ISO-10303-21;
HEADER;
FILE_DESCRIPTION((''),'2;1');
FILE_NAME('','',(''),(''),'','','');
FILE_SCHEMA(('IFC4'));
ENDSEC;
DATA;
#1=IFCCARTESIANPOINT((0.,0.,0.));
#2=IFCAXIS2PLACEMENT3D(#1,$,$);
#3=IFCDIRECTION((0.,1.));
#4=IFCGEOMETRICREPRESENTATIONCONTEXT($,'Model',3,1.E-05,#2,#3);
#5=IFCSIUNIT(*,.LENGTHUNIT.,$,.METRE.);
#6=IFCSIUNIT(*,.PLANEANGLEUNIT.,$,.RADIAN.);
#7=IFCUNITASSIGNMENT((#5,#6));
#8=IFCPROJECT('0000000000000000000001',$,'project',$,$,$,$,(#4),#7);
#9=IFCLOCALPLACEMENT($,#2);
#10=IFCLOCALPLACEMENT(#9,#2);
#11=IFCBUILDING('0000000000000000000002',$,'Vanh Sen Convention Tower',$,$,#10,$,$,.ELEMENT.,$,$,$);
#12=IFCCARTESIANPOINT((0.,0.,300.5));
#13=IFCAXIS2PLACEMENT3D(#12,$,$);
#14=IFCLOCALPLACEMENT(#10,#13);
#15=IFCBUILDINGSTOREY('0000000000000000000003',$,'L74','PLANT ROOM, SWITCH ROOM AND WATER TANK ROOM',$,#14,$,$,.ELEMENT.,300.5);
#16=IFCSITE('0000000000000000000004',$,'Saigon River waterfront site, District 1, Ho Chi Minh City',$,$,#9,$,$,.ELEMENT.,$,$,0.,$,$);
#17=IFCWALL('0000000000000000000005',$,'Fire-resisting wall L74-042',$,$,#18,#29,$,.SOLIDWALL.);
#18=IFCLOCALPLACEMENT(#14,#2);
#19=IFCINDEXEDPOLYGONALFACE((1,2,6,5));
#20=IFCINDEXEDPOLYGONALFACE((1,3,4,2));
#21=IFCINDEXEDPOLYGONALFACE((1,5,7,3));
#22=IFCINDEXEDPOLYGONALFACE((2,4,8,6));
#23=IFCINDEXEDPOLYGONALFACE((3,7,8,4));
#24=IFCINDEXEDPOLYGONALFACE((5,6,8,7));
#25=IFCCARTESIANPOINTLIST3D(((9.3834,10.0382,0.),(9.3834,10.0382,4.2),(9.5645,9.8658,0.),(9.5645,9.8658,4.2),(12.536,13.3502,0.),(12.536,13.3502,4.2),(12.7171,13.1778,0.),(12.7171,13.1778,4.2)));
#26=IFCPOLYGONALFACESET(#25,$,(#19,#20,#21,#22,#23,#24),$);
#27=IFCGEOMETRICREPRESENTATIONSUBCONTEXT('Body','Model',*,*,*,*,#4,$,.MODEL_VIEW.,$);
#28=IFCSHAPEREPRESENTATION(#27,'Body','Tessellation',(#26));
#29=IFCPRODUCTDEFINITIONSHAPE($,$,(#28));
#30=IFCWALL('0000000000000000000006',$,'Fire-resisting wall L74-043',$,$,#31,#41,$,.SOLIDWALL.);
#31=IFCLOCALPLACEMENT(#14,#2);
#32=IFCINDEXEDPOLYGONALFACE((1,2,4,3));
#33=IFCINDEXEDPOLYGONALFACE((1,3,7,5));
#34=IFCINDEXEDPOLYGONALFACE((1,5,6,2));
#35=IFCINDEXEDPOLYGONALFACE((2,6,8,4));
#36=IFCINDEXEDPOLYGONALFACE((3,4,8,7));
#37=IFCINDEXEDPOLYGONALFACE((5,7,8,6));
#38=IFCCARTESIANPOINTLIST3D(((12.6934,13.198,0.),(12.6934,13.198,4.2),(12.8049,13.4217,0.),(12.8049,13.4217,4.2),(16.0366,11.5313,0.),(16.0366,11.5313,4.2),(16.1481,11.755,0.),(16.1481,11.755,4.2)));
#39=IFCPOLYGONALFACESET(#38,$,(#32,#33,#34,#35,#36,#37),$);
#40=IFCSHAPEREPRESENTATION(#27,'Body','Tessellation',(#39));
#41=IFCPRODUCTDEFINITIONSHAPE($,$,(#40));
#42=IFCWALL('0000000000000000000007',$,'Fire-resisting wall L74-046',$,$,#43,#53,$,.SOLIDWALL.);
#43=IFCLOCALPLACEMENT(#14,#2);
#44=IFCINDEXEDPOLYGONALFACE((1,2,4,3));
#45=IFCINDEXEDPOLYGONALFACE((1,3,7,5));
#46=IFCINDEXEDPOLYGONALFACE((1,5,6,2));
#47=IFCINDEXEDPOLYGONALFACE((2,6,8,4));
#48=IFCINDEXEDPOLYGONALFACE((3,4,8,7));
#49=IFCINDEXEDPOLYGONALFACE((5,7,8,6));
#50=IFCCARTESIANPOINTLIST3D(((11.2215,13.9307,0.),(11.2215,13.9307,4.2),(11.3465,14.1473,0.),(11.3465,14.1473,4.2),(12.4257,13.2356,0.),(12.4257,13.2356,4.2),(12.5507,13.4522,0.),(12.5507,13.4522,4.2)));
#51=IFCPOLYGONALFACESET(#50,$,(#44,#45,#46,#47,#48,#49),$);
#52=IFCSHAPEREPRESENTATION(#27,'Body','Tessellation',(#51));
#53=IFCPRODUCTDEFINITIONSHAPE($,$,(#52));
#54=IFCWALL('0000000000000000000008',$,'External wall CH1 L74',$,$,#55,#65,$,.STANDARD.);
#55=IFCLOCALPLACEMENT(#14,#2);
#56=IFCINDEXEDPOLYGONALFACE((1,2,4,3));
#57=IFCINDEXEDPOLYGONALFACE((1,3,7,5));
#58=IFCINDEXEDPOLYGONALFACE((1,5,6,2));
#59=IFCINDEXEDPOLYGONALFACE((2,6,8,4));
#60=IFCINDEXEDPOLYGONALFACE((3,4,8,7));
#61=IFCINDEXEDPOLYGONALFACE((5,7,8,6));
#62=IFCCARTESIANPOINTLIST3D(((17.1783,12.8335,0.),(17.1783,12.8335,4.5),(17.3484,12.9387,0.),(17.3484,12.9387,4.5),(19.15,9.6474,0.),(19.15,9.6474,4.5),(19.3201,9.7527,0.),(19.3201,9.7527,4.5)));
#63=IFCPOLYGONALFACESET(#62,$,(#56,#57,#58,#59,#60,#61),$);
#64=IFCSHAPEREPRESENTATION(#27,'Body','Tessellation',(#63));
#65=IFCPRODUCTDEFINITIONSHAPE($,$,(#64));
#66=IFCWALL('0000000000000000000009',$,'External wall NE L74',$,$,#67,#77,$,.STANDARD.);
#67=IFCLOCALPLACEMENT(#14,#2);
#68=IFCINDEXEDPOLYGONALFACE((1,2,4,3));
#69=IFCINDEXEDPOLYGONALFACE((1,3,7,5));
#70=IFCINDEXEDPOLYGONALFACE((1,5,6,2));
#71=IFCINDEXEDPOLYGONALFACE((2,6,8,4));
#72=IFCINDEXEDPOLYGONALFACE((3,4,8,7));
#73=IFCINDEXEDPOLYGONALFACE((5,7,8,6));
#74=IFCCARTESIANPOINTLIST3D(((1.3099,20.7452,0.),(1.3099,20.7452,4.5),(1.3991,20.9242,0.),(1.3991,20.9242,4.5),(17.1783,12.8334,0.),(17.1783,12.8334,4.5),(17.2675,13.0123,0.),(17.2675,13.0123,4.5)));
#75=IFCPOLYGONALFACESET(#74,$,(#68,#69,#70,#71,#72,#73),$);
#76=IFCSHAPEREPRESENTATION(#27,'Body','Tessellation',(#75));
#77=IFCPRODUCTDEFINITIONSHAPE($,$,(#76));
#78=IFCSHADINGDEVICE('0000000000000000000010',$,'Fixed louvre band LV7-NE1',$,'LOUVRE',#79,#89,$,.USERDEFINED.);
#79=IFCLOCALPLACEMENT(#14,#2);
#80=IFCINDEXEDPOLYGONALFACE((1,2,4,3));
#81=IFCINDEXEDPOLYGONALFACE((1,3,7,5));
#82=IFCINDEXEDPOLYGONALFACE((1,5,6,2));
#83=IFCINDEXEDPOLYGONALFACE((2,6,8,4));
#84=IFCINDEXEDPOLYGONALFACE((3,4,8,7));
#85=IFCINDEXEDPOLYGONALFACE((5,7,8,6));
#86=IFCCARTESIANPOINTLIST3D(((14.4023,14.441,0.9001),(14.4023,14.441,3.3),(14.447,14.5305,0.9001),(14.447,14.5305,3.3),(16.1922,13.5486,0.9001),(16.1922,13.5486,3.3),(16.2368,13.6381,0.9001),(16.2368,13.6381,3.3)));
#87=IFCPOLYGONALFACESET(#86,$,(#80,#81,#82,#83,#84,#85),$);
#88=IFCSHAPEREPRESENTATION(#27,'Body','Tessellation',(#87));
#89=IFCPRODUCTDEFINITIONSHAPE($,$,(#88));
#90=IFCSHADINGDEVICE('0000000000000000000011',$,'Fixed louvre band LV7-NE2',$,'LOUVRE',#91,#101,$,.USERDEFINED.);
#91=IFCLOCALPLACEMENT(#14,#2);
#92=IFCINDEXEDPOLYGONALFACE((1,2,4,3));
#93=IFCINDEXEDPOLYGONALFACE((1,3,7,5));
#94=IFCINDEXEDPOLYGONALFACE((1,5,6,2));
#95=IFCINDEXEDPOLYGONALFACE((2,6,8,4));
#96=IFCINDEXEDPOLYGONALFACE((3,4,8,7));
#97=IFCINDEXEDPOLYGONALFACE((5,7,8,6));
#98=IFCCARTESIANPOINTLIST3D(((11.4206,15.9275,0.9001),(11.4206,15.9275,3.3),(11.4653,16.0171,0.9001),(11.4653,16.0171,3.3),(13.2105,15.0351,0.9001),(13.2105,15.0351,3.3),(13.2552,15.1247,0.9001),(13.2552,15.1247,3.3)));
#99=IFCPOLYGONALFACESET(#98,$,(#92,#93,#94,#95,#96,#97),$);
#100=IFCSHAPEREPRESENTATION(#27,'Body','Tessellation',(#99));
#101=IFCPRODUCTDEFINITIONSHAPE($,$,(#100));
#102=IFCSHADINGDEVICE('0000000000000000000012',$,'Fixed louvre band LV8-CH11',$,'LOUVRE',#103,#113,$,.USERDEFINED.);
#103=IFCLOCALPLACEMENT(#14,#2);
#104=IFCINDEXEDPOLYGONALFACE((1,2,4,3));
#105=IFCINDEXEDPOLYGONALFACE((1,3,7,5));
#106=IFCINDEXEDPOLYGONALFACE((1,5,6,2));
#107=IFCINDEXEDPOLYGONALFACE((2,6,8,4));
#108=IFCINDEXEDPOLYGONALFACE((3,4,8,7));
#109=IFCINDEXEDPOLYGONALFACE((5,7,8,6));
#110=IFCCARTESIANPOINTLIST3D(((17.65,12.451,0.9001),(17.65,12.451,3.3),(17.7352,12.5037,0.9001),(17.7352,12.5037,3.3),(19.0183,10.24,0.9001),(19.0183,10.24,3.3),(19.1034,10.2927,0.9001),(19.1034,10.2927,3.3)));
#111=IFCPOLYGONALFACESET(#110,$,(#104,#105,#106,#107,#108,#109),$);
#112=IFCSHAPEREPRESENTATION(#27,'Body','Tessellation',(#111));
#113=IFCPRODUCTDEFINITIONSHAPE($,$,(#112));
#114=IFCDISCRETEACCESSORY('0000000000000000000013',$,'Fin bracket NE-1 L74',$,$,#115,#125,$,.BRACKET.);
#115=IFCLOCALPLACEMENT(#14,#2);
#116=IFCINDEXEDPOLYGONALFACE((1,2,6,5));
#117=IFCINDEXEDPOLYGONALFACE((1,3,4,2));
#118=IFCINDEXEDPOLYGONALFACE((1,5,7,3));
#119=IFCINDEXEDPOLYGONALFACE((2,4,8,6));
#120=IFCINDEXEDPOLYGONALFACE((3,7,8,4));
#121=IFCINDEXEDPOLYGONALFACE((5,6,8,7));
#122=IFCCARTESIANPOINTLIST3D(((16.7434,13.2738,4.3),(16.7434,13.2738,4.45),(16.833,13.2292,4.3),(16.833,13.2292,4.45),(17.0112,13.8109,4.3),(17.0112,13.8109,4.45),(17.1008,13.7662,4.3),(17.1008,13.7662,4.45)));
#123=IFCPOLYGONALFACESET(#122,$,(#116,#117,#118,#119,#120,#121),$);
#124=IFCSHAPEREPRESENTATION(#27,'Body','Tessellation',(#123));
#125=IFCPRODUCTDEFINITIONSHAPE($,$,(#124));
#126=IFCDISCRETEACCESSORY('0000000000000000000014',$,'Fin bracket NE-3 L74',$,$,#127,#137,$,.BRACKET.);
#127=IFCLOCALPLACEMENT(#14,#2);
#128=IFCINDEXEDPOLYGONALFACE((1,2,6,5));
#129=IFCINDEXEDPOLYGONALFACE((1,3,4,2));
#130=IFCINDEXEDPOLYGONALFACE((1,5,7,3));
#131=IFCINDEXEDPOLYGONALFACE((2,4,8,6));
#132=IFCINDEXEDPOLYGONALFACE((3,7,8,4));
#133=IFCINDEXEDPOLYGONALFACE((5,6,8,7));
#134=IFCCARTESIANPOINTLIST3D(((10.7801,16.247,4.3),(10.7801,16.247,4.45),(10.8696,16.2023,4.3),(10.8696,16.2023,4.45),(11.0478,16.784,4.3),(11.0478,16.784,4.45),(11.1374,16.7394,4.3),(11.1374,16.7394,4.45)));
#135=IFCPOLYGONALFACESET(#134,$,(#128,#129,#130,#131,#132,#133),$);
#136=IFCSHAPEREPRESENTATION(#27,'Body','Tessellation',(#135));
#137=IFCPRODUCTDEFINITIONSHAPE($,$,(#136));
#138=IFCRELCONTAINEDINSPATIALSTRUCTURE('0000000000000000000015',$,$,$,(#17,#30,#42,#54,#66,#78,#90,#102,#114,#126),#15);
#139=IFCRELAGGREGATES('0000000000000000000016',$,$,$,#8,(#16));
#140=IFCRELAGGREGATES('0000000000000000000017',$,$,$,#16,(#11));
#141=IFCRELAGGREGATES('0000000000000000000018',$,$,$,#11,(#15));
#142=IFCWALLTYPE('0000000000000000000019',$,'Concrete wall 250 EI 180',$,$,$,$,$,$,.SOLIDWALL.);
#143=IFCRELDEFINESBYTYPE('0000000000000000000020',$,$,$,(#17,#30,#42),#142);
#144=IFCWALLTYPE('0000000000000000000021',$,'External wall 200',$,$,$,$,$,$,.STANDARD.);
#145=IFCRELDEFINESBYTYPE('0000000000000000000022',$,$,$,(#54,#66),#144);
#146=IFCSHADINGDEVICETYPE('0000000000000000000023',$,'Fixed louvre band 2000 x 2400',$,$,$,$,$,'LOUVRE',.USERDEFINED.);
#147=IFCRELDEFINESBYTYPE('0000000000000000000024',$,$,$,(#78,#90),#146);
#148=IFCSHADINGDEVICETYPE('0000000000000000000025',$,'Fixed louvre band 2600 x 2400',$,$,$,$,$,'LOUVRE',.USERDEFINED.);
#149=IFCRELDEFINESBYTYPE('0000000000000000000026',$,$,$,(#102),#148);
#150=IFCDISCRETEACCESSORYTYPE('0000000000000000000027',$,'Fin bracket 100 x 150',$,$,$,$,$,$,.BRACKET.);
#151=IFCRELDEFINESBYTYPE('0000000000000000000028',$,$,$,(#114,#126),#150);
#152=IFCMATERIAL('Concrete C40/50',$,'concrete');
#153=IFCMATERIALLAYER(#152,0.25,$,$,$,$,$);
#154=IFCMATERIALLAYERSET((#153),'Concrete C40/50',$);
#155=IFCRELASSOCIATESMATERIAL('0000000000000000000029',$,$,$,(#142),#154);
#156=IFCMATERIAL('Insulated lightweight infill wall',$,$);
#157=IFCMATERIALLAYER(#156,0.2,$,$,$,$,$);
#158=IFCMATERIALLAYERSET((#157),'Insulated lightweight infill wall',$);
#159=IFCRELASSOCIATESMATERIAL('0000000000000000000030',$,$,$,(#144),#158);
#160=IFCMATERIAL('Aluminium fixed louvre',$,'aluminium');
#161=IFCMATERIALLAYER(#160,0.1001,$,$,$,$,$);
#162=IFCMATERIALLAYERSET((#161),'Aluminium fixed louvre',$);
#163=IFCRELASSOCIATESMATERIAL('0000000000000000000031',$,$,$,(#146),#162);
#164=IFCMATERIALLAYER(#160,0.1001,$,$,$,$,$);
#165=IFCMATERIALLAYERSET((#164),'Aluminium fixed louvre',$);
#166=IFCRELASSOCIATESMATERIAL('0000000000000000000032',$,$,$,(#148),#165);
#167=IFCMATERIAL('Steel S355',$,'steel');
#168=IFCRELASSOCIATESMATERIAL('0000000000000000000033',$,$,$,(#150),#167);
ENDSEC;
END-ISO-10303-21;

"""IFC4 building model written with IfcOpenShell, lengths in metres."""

from ifc_helpers import new_model, si_unit, direction, frame, frame_2d, origin, origin_2d, place, context, subcontext, project, spatial, rectangle, extrude, material, layer, layer_set, type_object, element, save


model = new_model("IFC4")

# Units and contexts
model_context = context("Model", 3, precision=1e-05, world=origin(), true_north=direction((0.0, 1.0)))
body_context = subcontext(model_context, "Body", "Model", "MODEL_VIEW")
ifc_project = project(units=[si_unit("LENGTHUNIT", "METRE"), si_unit("PLANEANGLEUNIT", "RADIAN")], contexts=[model_context])

# Site, building, storey
site_placement = place(None, origin())
site = spatial("IfcSite", under=ifc_project, at=site_placement, Name="Saigon River waterfront site, District 1, Ho Chi Minh City", CompositionType="ELEMENT", RefElevation=0.0)
building_placement = place(site_placement, origin())
building = spatial("IfcBuilding", under=site, at=building_placement, Name="Vanh Sen Convention Tower", CompositionType="ELEMENT")
storey_placement = place(building_placement, frame((0.0, 0.0, 300.5)))
storey = spatial("IfcBuildingStorey", under=building, at=storey_placement, Name="L74", Description="PLANT ROOM, SWITCH ROOM AND WATER TANK ROOM", CompositionType="ELEMENT", Elevation=300.5)

# Walls
ifc_material_1 = material(Name="Concrete C40/50", Category="concrete")
ifc_layer_1 = layer(ifc_material_1, 0.25)
ifc_layer_set_1 = layer_set([ifc_layer_1], Name="Concrete C40/50")
wall_type_1 = type_object("IfcWallType", Name="Concrete wall 250 EI 180", PredefinedType="SOLIDWALL", material=ifc_layer_set_1)
wall_1_placement = place(storey_placement, frame((12.6265, 13.2639, 0.0), z_axis=(0.0, 0.0, 1.0), x_axis=(-0.689459, -0.724325, 0.0)))
element("IfcWall", 1, at=wall_1_placement, inside=storey, type_object=wall_type_1, Name="Fire-resisting wall L74-042", PredefinedType="SOLIDWALL", context=body_context, shape_type="SweptSolid", body=[
    extrude(rectangle(XDim=4.5725, YDim=0.25, at=frame_2d((2.2861, 0.0))), origin(), (0.0, 0.0, 1.0), 4.2),
])
wall_2_placement = place(storey_placement, frame((12.7493, 13.3098, 0.0), z_axis=(0.0, 0.0, 1.0), x_axis=(0.894949, -0.446168, 0.0)))
element("IfcWall", 2, at=wall_2_placement, inside=storey, type_object=wall_type_1, Name="Fire-resisting wall L74-043", PredefinedType="SOLIDWALL", context=body_context, shape_type="SweptSolid", body=[
    extrude(rectangle(XDim=3.7356, YDim=0.25, at=frame_2d((1.8677, 0.0))), origin(), (0.0, 0.0, 1.0), 4.2),
])
wall_3_placement = place(storey_placement, frame((11.2839, 14.0391, 0.0), z_axis=(0.0, 0.0, 1.0), x_axis=(0.866063, -0.499935, 0.0)))
element("IfcWall", 3, at=wall_3_placement, inside=storey, type_object=wall_type_1, Name="Fire-resisting wall L74-046", PredefinedType="SOLIDWALL", context=body_context, shape_type="SweptSolid", body=[
    extrude(rectangle(XDim=1.3904, YDim=0.25, at=frame_2d((0.6953, 0.0))), origin(), (0.0, 0.0, 1.0), 4.2),
])
ifc_material_2 = material(Name="Insulated lightweight infill wall")
ifc_layer_2 = layer(ifc_material_2, 0.2)
ifc_layer_set_2 = layer_set([ifc_layer_2], Name="Insulated lightweight infill wall")
wall_type_2 = type_object("IfcWallType", Name="External wall 200", PredefinedType="STANDARD", material=ifc_layer_set_2)
wall_4_placement = place(storey_placement, frame((19.2351, 9.7, 0.0), z_axis=(0.0, 0.0, 1.0), x_axis=(-0.526233, 0.85034, 0.0)))
element("IfcWall", 4, at=wall_4_placement, inside=storey, type_object=wall_type_2, Name="External wall CH1 L74", PredefinedType="STANDARD", context=body_context, shape_type="SweptSolid", body=[
    extrude(rectangle(XDim=3.7468, YDim=0.2, at=frame_2d((1.8735, 0.0))), origin(), (0.0, 0.0, 1.0), 4.5),
])
wall_5_placement = place(storey_placement, frame((17.2229, 12.9229, 0.0), z_axis=(0.0, 0.0, 1.0), x_axis=(-0.894931, 0.446205, 0.0)))
element("IfcWall", 5, at=wall_5_placement, inside=storey, type_object=wall_type_2, Name="External wall NE L74", PredefinedType="STANDARD", context=body_context, shape_type="SweptSolid", body=[
    extrude(rectangle(XDim=17.7314, YDim=0.2, at=frame_2d((8.8657, 0.0))), origin(), (0.0, 0.0, 1.0), 4.5),
])

# Shading devices
ifc_material_3 = material(Name="Aluminium fixed louvre", Category="aluminium")
ifc_layer_3 = layer(ifc_material_3, 0.1001)
ifc_layer_set_3 = layer_set([ifc_layer_3], Name="Aluminium fixed louvre")
shading_device_type_1 = type_object("IfcShadingDeviceType", Name="Fixed louvre band 2000 x 2400", ElementType="LOUVRE", PredefinedType="USERDEFINED", material=ifc_layer_set_3)
for number, where, z_axis, x_axis, name in (
    (6, (15.3196, 14.0396, 0.9001), (0.0, 0.0, 1.0), (-0.894934, 0.446198, 0.0), "Fixed louvre band LV7-NE1"),
    (7, (12.3379, 15.5261, 0.9001), (0.0, 0.0, 1.0), (-0.894934, 0.446198, 0.0), "Fixed louvre band LV7-NE2"),
):
    element("IfcShadingDevice", number, at=place(storey_placement, frame(where, z_axis=z_axis, x_axis=x_axis)), inside=storey, type_object=shading_device_type_1, Name=name, ObjectType="LOUVRE", PredefinedType="USERDEFINED", context=body_context, shape_type="SweptSolid", body=[
        extrude(rectangle(XDim=2.0, YDim=0.1001, at=origin_2d()), origin(), (0.0, 0.0, 1.0), 2.3999),
    ])
ifc_layer_4 = layer(ifc_material_3, 0.1001)
ifc_layer_set_4 = layer_set([ifc_layer_4], Name="Aluminium fixed louvre")
shading_device_type_2 = type_object("IfcShadingDeviceType", Name="Fixed louvre band 2600 x 2400", ElementType="LOUVRE", PredefinedType="USERDEFINED", material=ifc_layer_set_4)
shading_device_placement = place(storey_placement, frame((18.3767, 11.3718, 0.9001), z_axis=(0.0, 0.0, 1.0), x_axis=(-0.526215, 0.850351, 0.0)))
element("IfcShadingDevice", 8, at=shading_device_placement, inside=storey, type_object=shading_device_type_2, Name="Fixed louvre band LV8-CH11", ObjectType="LOUVRE", PredefinedType="USERDEFINED", context=body_context, shape_type="SweptSolid", body=[
    extrude(rectangle(XDim=2.6001, YDim=0.1001, at=origin_2d()), origin(), (0.0, 0.0, 1.0), 2.3999),
])

# Discrete accessories
ifc_material_4 = material(Name="Steel S355", Category="steel")
discrete_accessory_type = type_object("IfcDiscreteAccessoryType", Name="Fin bracket 100 x 150", PredefinedType="BRACKET", material=ifc_material_4)
for number, where, z_axis, x_axis, name in (
    (9, (16.9221, 13.52, 4.3), (0.0, 0.0, 1.0), (0.446198, 0.894934, 0.0), "Fin bracket NE-1 L74"),
    (10, (10.9587, 16.4932, 4.3), (0.0, 0.0, 1.0), (0.446198, 0.894934, 0.0), "Fin bracket NE-3 L74"),
):
    element("IfcDiscreteAccessory", number, at=place(storey_placement, frame(where, z_axis=z_axis, x_axis=x_axis)), inside=storey, type_object=discrete_accessory_type, Name=name, PredefinedType="BRACKET", context=body_context, shape_type="SweptSolid", body=[
        extrude(rectangle(XDim=0.6001, YDim=0.1001, at=origin_2d()), origin(), (0.0, 0.0, 1.0), 0.1499),
    ])

save(model, "model.ifc")
